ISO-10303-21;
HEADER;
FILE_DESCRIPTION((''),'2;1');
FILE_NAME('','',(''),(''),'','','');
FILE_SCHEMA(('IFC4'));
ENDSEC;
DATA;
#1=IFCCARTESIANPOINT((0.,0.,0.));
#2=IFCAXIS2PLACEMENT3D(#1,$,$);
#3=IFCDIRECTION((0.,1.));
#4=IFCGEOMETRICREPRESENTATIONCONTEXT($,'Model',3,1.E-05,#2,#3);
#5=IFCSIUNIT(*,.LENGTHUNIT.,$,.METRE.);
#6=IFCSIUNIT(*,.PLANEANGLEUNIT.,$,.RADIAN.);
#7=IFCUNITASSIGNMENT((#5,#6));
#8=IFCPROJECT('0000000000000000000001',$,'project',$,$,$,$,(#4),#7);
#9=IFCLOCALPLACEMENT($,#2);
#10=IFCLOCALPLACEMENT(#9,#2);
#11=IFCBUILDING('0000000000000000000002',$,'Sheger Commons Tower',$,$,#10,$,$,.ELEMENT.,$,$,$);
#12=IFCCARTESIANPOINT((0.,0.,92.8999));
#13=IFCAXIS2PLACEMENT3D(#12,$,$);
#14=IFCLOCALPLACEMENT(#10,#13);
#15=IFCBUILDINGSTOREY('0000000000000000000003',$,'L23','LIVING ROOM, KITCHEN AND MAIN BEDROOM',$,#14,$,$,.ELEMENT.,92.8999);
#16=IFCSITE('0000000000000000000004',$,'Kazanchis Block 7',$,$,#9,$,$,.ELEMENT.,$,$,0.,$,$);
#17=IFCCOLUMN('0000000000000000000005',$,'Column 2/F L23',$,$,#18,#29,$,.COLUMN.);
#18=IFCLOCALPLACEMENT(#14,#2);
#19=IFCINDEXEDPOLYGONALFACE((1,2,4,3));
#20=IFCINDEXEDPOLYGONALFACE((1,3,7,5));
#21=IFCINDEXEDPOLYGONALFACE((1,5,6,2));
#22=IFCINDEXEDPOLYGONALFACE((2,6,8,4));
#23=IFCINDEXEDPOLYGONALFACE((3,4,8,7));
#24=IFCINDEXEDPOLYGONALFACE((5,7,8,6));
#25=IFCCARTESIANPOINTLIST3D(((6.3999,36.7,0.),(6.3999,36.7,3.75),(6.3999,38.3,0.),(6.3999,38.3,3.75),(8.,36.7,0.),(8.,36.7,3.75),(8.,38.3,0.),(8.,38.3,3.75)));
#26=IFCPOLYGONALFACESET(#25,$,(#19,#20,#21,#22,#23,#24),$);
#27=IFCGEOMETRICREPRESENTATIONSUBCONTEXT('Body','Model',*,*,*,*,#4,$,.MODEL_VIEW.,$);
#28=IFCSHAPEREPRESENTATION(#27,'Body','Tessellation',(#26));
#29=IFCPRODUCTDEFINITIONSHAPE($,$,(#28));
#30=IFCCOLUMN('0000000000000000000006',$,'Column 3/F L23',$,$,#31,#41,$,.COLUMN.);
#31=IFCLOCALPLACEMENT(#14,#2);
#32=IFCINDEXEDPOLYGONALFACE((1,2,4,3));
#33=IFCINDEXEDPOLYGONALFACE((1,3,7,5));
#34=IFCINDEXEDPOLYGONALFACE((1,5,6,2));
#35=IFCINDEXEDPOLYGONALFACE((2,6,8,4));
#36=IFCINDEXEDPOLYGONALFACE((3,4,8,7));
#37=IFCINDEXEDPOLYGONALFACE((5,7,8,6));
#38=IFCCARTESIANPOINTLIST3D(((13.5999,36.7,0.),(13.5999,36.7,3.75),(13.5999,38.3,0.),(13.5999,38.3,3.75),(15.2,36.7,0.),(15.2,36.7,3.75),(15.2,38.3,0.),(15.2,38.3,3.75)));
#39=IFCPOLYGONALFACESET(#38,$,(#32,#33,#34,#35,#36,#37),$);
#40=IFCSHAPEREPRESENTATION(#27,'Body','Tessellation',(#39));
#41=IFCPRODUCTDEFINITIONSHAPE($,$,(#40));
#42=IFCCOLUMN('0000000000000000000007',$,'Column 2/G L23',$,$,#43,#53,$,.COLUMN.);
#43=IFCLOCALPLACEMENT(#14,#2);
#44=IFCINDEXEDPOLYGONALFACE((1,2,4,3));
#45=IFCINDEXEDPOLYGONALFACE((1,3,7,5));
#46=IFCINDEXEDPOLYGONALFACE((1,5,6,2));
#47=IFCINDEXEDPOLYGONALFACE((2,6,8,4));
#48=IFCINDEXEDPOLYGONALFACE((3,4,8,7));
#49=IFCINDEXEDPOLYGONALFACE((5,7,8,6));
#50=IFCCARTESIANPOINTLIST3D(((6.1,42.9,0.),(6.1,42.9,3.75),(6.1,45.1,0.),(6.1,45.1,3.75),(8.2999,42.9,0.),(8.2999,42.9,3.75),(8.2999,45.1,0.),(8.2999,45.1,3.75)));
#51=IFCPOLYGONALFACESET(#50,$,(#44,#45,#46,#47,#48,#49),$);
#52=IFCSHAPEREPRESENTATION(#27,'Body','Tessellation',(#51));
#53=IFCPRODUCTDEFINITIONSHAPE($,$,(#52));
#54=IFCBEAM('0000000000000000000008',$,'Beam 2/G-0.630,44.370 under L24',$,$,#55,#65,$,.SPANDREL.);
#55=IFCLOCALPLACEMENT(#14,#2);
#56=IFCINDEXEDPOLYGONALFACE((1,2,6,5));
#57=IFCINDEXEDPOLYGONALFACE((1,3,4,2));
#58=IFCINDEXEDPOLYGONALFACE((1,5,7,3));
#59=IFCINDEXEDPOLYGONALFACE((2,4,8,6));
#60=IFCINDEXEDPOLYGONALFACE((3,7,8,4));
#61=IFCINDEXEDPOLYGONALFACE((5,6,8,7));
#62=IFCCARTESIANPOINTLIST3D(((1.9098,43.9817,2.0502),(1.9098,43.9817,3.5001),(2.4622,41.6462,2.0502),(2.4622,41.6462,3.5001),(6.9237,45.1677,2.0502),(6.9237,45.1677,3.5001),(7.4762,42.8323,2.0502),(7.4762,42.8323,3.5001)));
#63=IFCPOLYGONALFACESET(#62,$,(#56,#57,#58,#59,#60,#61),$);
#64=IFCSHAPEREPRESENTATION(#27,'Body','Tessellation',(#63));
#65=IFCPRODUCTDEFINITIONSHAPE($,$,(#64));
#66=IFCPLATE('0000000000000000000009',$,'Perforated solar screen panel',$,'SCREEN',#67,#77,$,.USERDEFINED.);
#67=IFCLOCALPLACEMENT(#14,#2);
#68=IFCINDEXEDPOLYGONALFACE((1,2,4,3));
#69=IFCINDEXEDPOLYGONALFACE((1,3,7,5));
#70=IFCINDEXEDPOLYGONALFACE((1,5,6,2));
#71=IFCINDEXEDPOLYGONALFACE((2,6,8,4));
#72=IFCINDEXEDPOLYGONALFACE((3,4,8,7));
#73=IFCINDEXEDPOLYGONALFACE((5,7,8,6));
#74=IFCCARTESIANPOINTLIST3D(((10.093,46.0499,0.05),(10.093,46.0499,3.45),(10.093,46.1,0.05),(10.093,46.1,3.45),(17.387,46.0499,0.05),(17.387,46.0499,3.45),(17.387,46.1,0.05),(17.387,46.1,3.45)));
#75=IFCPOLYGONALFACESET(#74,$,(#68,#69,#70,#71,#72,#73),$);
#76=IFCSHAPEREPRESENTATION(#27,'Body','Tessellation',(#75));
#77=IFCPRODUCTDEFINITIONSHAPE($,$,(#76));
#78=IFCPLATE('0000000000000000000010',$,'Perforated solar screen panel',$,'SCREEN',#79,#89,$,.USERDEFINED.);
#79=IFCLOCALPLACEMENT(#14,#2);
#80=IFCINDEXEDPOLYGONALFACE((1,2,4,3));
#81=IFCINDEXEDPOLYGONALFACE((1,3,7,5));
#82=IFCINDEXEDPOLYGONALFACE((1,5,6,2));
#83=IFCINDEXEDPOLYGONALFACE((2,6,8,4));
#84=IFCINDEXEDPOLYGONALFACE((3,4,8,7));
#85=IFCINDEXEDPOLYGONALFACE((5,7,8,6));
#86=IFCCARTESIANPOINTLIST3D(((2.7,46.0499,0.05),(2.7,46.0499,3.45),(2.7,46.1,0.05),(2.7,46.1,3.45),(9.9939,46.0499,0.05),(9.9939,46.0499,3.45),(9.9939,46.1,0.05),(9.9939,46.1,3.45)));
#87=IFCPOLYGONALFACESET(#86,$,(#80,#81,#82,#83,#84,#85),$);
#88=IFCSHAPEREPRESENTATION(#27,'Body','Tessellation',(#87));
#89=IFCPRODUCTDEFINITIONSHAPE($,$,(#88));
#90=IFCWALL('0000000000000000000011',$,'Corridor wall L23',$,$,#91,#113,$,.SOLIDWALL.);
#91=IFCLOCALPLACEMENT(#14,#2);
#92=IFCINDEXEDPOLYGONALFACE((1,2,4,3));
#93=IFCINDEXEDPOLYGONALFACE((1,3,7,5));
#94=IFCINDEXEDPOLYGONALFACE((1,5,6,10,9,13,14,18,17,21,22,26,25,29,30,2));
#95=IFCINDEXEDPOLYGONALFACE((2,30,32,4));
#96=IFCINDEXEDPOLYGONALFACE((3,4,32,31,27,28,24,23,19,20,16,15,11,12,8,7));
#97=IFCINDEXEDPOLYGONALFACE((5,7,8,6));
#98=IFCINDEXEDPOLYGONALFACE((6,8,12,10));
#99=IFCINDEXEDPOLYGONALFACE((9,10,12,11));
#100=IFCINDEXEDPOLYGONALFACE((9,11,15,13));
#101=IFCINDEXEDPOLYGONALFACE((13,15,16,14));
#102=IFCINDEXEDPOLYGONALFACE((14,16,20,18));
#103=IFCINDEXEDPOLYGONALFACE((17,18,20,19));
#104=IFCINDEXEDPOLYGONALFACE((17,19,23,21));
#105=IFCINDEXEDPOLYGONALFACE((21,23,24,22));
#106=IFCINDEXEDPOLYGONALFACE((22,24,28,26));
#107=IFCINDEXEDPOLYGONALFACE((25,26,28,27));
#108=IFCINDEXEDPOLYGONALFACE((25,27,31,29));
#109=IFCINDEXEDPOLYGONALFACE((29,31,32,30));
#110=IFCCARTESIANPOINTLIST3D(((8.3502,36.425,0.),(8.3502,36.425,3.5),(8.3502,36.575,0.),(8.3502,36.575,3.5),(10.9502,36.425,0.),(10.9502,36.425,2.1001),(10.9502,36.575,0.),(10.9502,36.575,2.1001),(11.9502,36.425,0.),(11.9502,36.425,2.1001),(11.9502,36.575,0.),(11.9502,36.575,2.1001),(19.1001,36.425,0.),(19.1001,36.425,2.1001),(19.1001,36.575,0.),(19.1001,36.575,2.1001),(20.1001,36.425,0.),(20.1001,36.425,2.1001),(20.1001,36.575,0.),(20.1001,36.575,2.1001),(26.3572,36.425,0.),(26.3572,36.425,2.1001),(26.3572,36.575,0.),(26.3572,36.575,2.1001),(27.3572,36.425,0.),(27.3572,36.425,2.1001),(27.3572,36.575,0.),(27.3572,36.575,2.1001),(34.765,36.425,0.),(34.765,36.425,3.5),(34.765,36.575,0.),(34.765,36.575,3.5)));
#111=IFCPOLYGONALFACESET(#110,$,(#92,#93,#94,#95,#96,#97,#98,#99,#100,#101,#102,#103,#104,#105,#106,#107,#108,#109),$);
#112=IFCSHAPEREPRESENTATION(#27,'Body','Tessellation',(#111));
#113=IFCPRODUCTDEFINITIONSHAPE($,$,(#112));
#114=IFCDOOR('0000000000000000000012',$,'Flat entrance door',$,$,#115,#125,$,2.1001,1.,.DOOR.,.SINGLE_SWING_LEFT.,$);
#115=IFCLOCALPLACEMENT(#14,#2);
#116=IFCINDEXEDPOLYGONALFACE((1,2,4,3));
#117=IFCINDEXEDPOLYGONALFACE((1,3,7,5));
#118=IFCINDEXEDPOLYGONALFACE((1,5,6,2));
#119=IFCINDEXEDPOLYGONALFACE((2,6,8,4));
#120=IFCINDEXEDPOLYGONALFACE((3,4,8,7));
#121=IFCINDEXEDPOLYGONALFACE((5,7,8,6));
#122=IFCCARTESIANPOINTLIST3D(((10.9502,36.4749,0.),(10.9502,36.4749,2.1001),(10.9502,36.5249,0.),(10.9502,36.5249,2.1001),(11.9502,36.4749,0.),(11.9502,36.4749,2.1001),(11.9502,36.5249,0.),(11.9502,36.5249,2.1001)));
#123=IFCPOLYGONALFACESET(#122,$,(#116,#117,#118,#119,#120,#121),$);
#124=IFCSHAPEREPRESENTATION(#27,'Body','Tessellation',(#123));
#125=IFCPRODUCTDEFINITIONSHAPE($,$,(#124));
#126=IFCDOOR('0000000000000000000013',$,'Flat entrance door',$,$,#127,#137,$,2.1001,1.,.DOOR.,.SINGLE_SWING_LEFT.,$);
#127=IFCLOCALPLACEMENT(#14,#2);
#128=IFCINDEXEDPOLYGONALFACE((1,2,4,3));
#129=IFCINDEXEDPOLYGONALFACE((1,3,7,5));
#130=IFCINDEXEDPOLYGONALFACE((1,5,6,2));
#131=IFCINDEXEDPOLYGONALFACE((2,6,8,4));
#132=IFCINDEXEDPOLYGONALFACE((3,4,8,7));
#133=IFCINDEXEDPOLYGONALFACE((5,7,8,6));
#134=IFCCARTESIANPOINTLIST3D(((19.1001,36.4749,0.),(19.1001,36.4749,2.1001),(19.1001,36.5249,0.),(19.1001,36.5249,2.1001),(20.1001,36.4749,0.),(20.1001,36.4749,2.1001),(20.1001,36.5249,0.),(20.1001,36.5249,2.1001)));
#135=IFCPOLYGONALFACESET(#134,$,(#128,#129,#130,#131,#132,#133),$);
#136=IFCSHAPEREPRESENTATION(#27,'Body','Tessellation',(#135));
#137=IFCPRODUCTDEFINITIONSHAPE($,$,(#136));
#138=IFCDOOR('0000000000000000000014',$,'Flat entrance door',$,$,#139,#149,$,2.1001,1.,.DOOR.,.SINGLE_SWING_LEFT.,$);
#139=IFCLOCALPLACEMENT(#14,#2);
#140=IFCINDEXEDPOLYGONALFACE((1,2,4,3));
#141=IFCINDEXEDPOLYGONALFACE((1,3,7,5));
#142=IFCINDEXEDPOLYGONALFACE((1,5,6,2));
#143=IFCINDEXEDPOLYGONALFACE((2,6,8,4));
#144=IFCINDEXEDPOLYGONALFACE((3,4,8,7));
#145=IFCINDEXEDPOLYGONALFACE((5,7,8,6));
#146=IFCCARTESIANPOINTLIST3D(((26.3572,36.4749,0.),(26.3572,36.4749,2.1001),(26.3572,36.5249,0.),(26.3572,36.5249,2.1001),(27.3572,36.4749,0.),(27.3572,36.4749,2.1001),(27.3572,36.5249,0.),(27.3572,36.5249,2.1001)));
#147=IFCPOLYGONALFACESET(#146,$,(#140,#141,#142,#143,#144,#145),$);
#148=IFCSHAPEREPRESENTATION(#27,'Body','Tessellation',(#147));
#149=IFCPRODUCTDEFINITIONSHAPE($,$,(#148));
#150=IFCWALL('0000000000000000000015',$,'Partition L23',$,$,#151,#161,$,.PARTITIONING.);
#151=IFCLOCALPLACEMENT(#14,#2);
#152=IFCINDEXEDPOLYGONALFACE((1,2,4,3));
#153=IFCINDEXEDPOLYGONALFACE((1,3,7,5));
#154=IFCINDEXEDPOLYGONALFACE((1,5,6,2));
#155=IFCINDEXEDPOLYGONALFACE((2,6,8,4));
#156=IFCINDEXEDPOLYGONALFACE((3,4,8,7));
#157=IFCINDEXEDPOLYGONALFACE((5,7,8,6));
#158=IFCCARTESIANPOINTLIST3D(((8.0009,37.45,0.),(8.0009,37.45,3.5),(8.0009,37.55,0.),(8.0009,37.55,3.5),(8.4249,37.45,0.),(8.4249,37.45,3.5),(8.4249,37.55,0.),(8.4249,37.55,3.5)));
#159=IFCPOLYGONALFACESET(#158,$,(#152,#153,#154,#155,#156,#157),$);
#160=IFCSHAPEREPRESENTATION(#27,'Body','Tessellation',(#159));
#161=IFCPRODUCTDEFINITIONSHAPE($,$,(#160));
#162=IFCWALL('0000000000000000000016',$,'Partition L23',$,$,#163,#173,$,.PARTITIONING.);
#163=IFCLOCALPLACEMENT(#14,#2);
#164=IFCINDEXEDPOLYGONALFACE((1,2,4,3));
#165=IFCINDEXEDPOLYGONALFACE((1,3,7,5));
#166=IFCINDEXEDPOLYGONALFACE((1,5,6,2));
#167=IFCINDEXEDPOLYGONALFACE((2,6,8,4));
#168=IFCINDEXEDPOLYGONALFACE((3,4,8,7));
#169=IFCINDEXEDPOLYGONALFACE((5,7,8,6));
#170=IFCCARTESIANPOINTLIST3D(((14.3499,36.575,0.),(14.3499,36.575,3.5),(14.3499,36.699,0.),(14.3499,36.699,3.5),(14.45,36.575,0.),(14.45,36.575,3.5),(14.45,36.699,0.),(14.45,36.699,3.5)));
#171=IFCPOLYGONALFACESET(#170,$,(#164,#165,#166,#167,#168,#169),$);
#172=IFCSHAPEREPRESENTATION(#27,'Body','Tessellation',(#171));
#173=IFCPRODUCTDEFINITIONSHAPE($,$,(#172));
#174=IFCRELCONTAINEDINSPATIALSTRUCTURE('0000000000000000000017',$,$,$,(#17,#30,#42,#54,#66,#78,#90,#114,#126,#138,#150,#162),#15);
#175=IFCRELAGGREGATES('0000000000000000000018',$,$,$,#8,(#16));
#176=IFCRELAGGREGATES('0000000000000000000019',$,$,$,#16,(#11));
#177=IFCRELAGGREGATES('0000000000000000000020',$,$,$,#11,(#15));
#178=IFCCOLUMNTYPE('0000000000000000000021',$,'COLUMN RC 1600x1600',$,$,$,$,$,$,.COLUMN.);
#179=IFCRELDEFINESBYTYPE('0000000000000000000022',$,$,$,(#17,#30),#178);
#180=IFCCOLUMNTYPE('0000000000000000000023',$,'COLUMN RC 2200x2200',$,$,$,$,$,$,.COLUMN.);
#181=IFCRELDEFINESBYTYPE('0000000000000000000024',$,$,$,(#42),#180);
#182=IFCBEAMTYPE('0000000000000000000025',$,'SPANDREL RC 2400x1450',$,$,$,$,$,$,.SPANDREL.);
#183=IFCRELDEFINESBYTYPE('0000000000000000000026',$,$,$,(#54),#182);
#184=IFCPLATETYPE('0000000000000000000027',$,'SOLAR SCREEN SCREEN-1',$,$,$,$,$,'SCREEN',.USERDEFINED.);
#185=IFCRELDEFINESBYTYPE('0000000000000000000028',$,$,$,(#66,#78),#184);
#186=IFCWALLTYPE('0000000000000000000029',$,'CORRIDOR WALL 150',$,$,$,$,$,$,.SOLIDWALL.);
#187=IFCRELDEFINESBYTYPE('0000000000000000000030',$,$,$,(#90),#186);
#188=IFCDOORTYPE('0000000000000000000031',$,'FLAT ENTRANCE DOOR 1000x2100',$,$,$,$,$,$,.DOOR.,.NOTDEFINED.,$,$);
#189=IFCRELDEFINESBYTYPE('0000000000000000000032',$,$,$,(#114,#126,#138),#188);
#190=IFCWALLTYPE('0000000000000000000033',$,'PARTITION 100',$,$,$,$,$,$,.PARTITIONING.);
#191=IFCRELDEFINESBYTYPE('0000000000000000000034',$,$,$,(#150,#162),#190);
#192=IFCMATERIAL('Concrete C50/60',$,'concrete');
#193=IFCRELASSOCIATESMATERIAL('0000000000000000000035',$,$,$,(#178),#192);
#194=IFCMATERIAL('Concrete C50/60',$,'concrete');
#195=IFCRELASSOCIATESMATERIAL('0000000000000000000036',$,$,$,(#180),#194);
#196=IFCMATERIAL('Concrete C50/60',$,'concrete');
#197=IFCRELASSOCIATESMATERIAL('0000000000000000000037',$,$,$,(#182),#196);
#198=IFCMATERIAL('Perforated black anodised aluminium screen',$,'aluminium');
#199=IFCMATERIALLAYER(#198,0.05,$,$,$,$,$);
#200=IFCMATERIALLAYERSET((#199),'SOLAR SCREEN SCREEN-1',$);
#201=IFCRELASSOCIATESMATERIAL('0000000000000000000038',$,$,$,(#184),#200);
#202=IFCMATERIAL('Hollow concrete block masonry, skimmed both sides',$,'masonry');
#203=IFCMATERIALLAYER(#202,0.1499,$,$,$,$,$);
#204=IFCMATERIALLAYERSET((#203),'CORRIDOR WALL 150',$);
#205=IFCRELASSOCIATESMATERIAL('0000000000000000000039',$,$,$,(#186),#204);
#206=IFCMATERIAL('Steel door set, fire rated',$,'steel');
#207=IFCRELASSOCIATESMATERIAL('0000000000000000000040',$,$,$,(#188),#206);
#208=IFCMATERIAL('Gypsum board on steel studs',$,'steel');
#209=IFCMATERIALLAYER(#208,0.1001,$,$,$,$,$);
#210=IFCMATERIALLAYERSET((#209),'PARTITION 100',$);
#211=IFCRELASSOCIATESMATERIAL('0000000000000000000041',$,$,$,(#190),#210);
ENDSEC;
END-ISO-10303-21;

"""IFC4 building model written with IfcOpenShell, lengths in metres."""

from ifc_helpers import new_model, si_unit, direction, frame, frame_2d, origin, origin_2d, place, context, subcontext, project, spatial, rectangle, extrude, material, layer, layer_set, material_profile, profile_set, type_object, element, fill, save


model = new_model("IFC4")

# Units and contexts
model_context = context("Model", 3, precision=1e-05, world=origin(), true_north=direction((0.0, 1.0)))
body_context = subcontext(model_context, "Body", "Model", "MODEL_VIEW")
ifc_project = project(units=[si_unit("LENGTHUNIT", "METRE"), si_unit("PLANEANGLEUNIT", "RADIAN")], contexts=[model_context])

# Site, building, storey
site_placement = place(None, origin())
site = spatial("IfcSite", under=ifc_project, at=site_placement, Name="Kazanchis Block 7", CompositionType="ELEMENT", RefElevation=0.0)
building_placement = place(site_placement, origin())
building = spatial("IfcBuilding", under=site, at=building_placement, Name="Sheger Commons Tower", CompositionType="ELEMENT")
storey_placement = place(building_placement, frame((0.0, 0.0, 92.8999)))
storey = spatial("IfcBuildingStorey", under=building, at=storey_placement, Name="L23", Description="LIVING ROOM, KITCHEN AND MAIN BEDROOM", CompositionType="ELEMENT", Elevation=92.8999)

# Columns
ifc_material_1 = material(Name="Concrete C50/60", Category="concrete")
ifc_material_profile_1 = material_profile(ifc_material_1, rectangle(XDim=1.6001, YDim=1.6001, at=origin_2d()), Name="RC 1600x1600")
ifc_profile_set_1 = profile_set([ifc_material_profile_1], Name="Concrete C50/60")
column_type_1 = type_object("IfcColumnType", Name="COLUMN RC 1600x1600", PredefinedType="COLUMN", material=ifc_profile_set_1)
for number, where, z_axis, x_axis, name in (
    (1, (7.2, 37.5, 0.0), (0.0, 0.0, 1.0), (1.0, 0.0, 0.0), "Column 2/F L23"),
    (2, (14.3999, 37.5, 0.0), (0.0, 0.0, 1.0), (1.0, 0.0, 0.0), "Column 3/F L23"),
):
    element("IfcColumn", number, at=place(storey_placement, frame(where, z_axis=z_axis, x_axis=x_axis)), inside=storey, type_object=column_type_1, Name=name, PredefinedType="COLUMN", context=body_context, shape_type="SweptSolid", body=[
        extrude(rectangle(XDim=1.6001, YDim=1.6001, at=origin_2d()), origin(), (0.0, 0.0, 1.0), 3.75),
    ])
ifc_material_2 = material(Name="Concrete C50/60", Category="concrete")
ifc_material_profile_2 = material_profile(ifc_material_2, rectangle(XDim=2.2, YDim=2.2, at=origin_2d()), Name="RC 2200x2200")
ifc_profile_set_2 = profile_set([ifc_material_profile_2], Name="Concrete C50/60")
column_type_2 = type_object("IfcColumnType", Name="COLUMN RC 2200x2200", PredefinedType="COLUMN", material=ifc_profile_set_2)
column_placement = place(storey_placement, frame((7.2, 44.0, 0.0), z_axis=(0.0, 0.0, 1.0), x_axis=(1.0, 0.0, 0.0)))
element("IfcColumn", 3, at=column_placement, inside=storey, type_object=column_type_2, Name="Column 2/G L23", PredefinedType="COLUMN", context=body_context, shape_type="SweptSolid", body=[
    extrude(rectangle(XDim=2.2, YDim=2.2, at=origin_2d()), origin(), (0.0, 0.0, 1.0), 3.75),
])

# Beam
ifc_material_3 = material(Name="Concrete C50/60", Category="concrete")
ifc_material_profile_3 = material_profile(ifc_material_3, rectangle(XDim=2.3999, YDim=1.45, at=origin_2d()), Name="RC 2400x1450")
ifc_profile_set_3 = profile_set([ifc_material_profile_3], Name="Concrete C50/60")
beam_type = type_object("IfcBeamType", Name="SPANDREL RC 2400x1450", PredefinedType="SPANDREL", material=ifc_profile_set_3)
beam_placement = place(storey_placement, frame((7.2, 44.0, 2.7751), z_axis=(-0.973144, -0.230196, 0.0), x_axis=(0.230196, -0.973144, 0.0)))
element("IfcBeam", 4, at=beam_placement, inside=storey, type_object=beam_type, Name="Beam 2/G-0.630,44.370 under L24", PredefinedType="SPANDREL", context=body_context, shape_type="SweptSolid", body=[
    extrude(rectangle(XDim=2.3999, YDim=1.45, at=origin_2d()), origin(), (0.0, 0.0, 1.0), 5.1523),
])

# Plates
ifc_material_4 = material(Name="Perforated black anodised aluminium screen", Category="aluminium")
ifc_layer_1 = layer(ifc_material_4, 0.05)
ifc_layer_set_1 = layer_set([ifc_layer_1], Name="SOLAR SCREEN SCREEN-1")
plate_type = type_object("IfcPlateType", Name="SOLAR SCREEN SCREEN-1", ElementType="SCREEN", PredefinedType="USERDEFINED", material=ifc_layer_set_1)
for number, where, z_axis, x_axis, name in (
    (5, (13.74, 46.075, 0.05), (0.0, 0.0, 1.0), (-1.0, 0.0, 0.0), "Perforated solar screen panel"),
    (6, (6.3469, 46.075, 0.05), (0.0, 0.0, 1.0), (-1.0, 0.0, 0.0), "Perforated solar screen panel"),
):
    element("IfcPlate", number, at=place(storey_placement, frame(where, z_axis=z_axis, x_axis=x_axis)), inside=storey, type_object=plate_type, Name=name, ObjectType="SCREEN", PredefinedType="USERDEFINED", context=body_context, shape_type="SweptSolid", body=[
        extrude(rectangle(XDim=7.2939, YDim=0.05, at=origin_2d()), origin(), (0.0, 0.0, 1.0), 3.3999),
    ])

# Wall, openings, doors
ifc_material_5 = material(Name="Hollow concrete block masonry, skimmed both sides", Category="masonry")
ifc_layer_2 = layer(ifc_material_5, 0.1499)
ifc_layer_set_2 = layer_set([ifc_layer_2], Name="CORRIDOR WALL 150")
wall_type_1 = type_object("IfcWallType", Name="CORRIDOR WALL 150", PredefinedType="SOLIDWALL", material=ifc_layer_set_2)
wall_1_placement = place(storey_placement, frame((8.3501, 36.5, 0.0), z_axis=(0.0, 0.0, 1.0), x_axis=(1.0, 0.0, 0.0)))
wall_1 = element("IfcWall", 7, at=wall_1_placement, inside=storey, type_object=wall_type_1, Name="Corridor wall L23", PredefinedType="SOLIDWALL", context=body_context, shape_type="SweptSolid", body=[
    extrude(rectangle(XDim=26.4148, YDim=0.1499, at=frame_2d((13.2075, 0.0))), origin(), (0.0, 0.0, 1.0), 3.5),
])
opening_1_placement = place(wall_1_placement, frame((2.6001, 0.0, 0.0)))
opening_1 = element("IfcOpeningElement", 8, at=opening_1_placement, cuts=wall_1, PredefinedType="OPENING", context=body_context, shape_type="SweptSolid", body=[
    extrude(rectangle(XDim=1.0, YDim=2.1001, at=frame_2d((0.5, 1.05))), frame((0.0, 0.085, 0.0), z_axis=(0.0, -1.0, 0.0), x_axis=(1.0, 0.0, 0.0)), (0.0, 0.0, 1.0), 0.1699),
])
opening_2_placement = place(wall_1_placement, frame((10.75, 0.0, 0.0)))
opening_2 = element("IfcOpeningElement", 9, at=opening_2_placement, cuts=wall_1, PredefinedType="OPENING", context=body_context, shape_type="SweptSolid", body=[
    extrude(rectangle(XDim=1.0, YDim=2.1001, at=frame_2d((0.5, 1.05))), frame((0.0, 0.085, 0.0), z_axis=(0.0, -1.0, 0.0), x_axis=(1.0, 0.0, 0.0)), (0.0, 0.0, 1.0), 0.1699),
])
opening_3_placement = place(wall_1_placement, frame((18.0071, 0.0, 0.0)))
opening_3 = element("IfcOpeningElement", 10, at=opening_3_placement, cuts=wall_1, PredefinedType="OPENING", context=body_context, shape_type="SweptSolid", body=[
    extrude(rectangle(XDim=1.0, YDim=2.1001, at=frame_2d((0.5, 1.05))), frame((0.0, 0.085, 0.0), z_axis=(0.0, -1.0, 0.0), x_axis=(1.0, 0.0, 0.0)), (0.0, 0.0, 1.0), 0.1699),
])
ifc_material_6 = material(Name="Steel door set, fire rated", Category="steel")
door_type_1 = type_object("IfcDoorType", Name="FLAT ENTRANCE DOOR 1000x2100", OperationType="NOTDEFINED", PredefinedType="DOOR", material=ifc_material_6)
door_1_placement = place(opening_1_placement, origin())
door_1 = element("IfcDoor", 11, at=door_1_placement, inside=storey, type_object=door_type_1, Name="Flat entrance door", OperationType="SINGLE_SWING_LEFT", OverallHeight=2.1001, OverallWidth=1.0, PredefinedType="DOOR", context=body_context, shape_type="SweptSolid", body=[
    extrude(rectangle(XDim=1.0, YDim=2.1001, at=frame_2d((0.5, 1.05))), frame((0.0, 0.0249, 0.0), z_axis=(0.0, -1.0, 0.0), x_axis=(1.0, 0.0, 0.0)), (0.0, 0.0, 1.0), 0.05),
])
fill(opening_1, door_1)
door_2_placement = place(opening_2_placement, origin())
door_2 = element("IfcDoor", 12, at=door_2_placement, inside=storey, type_object=door_type_1, Name="Flat entrance door", OperationType="SINGLE_SWING_LEFT", OverallHeight=2.1001, OverallWidth=1.0, PredefinedType="DOOR", context=body_context, shape_type="SweptSolid", body=[
    extrude(rectangle(XDim=1.0, YDim=2.1001, at=frame_2d((0.5, 1.05))), frame((0.0, 0.0249, 0.0), z_axis=(0.0, -1.0, 0.0), x_axis=(1.0, 0.0, 0.0)), (0.0, 0.0, 1.0), 0.05),
])
fill(opening_2, door_2)
door_3_placement = place(opening_3_placement, origin())
door_3 = element("IfcDoor", 13, at=door_3_placement, inside=storey, type_object=door_type_1, Name="Flat entrance door", OperationType="SINGLE_SWING_LEFT", OverallHeight=2.1001, OverallWidth=1.0, PredefinedType="DOOR", context=body_context, shape_type="SweptSolid", body=[
    extrude(rectangle(XDim=1.0, YDim=2.1001, at=frame_2d((0.5, 1.05))), frame((0.0, 0.0249, 0.0), z_axis=(0.0, -1.0, 0.0), x_axis=(1.0, 0.0, 0.0)), (0.0, 0.0, 1.0), 0.05),
])
fill(opening_3, door_3)

# Walls
ifc_material_7 = material(Name="Gypsum board on steel studs", Category="steel")
ifc_layer_3 = layer(ifc_material_7, 0.1001)
ifc_layer_set_3 = layer_set([ifc_layer_3], Name="PARTITION 100")
wall_type_2 = type_object("IfcWallType", Name="PARTITION 100", PredefinedType="PARTITIONING", material=ifc_layer_set_3)
wall_2_placement = place(storey_placement, frame((8.001, 37.5, 0.0), z_axis=(0.0, 0.0, 1.0), x_axis=(1.0, 0.0, 0.0)))
element("IfcWall", 14, at=wall_2_placement, inside=storey, type_object=wall_type_2, Name="Partition L23", PredefinedType="PARTITIONING", context=body_context, shape_type="SweptSolid", body=[
    extrude(rectangle(XDim=0.4241, YDim=0.1001, at=frame_2d((0.2119, 0.0))), origin(), (0.0, 0.0, 1.0), 3.5),
])
wall_3_placement = place(storey_placement, frame((14.3999, 36.575, 0.0), z_axis=(0.0, 0.0, 1.0), x_axis=(0.0, 1.0, 0.0)))
element("IfcWall", 15, at=wall_3_placement, inside=storey, type_object=wall_type_2, Name="Partition L23", PredefinedType="PARTITIONING", context=body_context, shape_type="SweptSolid", body=[
    extrude(rectangle(XDim=0.124, YDim=0.1001, at=frame_2d((0.062, 0.0))), origin(), (0.0, 0.0, 1.0), 3.5),
])

save(model, "model.ifc")
